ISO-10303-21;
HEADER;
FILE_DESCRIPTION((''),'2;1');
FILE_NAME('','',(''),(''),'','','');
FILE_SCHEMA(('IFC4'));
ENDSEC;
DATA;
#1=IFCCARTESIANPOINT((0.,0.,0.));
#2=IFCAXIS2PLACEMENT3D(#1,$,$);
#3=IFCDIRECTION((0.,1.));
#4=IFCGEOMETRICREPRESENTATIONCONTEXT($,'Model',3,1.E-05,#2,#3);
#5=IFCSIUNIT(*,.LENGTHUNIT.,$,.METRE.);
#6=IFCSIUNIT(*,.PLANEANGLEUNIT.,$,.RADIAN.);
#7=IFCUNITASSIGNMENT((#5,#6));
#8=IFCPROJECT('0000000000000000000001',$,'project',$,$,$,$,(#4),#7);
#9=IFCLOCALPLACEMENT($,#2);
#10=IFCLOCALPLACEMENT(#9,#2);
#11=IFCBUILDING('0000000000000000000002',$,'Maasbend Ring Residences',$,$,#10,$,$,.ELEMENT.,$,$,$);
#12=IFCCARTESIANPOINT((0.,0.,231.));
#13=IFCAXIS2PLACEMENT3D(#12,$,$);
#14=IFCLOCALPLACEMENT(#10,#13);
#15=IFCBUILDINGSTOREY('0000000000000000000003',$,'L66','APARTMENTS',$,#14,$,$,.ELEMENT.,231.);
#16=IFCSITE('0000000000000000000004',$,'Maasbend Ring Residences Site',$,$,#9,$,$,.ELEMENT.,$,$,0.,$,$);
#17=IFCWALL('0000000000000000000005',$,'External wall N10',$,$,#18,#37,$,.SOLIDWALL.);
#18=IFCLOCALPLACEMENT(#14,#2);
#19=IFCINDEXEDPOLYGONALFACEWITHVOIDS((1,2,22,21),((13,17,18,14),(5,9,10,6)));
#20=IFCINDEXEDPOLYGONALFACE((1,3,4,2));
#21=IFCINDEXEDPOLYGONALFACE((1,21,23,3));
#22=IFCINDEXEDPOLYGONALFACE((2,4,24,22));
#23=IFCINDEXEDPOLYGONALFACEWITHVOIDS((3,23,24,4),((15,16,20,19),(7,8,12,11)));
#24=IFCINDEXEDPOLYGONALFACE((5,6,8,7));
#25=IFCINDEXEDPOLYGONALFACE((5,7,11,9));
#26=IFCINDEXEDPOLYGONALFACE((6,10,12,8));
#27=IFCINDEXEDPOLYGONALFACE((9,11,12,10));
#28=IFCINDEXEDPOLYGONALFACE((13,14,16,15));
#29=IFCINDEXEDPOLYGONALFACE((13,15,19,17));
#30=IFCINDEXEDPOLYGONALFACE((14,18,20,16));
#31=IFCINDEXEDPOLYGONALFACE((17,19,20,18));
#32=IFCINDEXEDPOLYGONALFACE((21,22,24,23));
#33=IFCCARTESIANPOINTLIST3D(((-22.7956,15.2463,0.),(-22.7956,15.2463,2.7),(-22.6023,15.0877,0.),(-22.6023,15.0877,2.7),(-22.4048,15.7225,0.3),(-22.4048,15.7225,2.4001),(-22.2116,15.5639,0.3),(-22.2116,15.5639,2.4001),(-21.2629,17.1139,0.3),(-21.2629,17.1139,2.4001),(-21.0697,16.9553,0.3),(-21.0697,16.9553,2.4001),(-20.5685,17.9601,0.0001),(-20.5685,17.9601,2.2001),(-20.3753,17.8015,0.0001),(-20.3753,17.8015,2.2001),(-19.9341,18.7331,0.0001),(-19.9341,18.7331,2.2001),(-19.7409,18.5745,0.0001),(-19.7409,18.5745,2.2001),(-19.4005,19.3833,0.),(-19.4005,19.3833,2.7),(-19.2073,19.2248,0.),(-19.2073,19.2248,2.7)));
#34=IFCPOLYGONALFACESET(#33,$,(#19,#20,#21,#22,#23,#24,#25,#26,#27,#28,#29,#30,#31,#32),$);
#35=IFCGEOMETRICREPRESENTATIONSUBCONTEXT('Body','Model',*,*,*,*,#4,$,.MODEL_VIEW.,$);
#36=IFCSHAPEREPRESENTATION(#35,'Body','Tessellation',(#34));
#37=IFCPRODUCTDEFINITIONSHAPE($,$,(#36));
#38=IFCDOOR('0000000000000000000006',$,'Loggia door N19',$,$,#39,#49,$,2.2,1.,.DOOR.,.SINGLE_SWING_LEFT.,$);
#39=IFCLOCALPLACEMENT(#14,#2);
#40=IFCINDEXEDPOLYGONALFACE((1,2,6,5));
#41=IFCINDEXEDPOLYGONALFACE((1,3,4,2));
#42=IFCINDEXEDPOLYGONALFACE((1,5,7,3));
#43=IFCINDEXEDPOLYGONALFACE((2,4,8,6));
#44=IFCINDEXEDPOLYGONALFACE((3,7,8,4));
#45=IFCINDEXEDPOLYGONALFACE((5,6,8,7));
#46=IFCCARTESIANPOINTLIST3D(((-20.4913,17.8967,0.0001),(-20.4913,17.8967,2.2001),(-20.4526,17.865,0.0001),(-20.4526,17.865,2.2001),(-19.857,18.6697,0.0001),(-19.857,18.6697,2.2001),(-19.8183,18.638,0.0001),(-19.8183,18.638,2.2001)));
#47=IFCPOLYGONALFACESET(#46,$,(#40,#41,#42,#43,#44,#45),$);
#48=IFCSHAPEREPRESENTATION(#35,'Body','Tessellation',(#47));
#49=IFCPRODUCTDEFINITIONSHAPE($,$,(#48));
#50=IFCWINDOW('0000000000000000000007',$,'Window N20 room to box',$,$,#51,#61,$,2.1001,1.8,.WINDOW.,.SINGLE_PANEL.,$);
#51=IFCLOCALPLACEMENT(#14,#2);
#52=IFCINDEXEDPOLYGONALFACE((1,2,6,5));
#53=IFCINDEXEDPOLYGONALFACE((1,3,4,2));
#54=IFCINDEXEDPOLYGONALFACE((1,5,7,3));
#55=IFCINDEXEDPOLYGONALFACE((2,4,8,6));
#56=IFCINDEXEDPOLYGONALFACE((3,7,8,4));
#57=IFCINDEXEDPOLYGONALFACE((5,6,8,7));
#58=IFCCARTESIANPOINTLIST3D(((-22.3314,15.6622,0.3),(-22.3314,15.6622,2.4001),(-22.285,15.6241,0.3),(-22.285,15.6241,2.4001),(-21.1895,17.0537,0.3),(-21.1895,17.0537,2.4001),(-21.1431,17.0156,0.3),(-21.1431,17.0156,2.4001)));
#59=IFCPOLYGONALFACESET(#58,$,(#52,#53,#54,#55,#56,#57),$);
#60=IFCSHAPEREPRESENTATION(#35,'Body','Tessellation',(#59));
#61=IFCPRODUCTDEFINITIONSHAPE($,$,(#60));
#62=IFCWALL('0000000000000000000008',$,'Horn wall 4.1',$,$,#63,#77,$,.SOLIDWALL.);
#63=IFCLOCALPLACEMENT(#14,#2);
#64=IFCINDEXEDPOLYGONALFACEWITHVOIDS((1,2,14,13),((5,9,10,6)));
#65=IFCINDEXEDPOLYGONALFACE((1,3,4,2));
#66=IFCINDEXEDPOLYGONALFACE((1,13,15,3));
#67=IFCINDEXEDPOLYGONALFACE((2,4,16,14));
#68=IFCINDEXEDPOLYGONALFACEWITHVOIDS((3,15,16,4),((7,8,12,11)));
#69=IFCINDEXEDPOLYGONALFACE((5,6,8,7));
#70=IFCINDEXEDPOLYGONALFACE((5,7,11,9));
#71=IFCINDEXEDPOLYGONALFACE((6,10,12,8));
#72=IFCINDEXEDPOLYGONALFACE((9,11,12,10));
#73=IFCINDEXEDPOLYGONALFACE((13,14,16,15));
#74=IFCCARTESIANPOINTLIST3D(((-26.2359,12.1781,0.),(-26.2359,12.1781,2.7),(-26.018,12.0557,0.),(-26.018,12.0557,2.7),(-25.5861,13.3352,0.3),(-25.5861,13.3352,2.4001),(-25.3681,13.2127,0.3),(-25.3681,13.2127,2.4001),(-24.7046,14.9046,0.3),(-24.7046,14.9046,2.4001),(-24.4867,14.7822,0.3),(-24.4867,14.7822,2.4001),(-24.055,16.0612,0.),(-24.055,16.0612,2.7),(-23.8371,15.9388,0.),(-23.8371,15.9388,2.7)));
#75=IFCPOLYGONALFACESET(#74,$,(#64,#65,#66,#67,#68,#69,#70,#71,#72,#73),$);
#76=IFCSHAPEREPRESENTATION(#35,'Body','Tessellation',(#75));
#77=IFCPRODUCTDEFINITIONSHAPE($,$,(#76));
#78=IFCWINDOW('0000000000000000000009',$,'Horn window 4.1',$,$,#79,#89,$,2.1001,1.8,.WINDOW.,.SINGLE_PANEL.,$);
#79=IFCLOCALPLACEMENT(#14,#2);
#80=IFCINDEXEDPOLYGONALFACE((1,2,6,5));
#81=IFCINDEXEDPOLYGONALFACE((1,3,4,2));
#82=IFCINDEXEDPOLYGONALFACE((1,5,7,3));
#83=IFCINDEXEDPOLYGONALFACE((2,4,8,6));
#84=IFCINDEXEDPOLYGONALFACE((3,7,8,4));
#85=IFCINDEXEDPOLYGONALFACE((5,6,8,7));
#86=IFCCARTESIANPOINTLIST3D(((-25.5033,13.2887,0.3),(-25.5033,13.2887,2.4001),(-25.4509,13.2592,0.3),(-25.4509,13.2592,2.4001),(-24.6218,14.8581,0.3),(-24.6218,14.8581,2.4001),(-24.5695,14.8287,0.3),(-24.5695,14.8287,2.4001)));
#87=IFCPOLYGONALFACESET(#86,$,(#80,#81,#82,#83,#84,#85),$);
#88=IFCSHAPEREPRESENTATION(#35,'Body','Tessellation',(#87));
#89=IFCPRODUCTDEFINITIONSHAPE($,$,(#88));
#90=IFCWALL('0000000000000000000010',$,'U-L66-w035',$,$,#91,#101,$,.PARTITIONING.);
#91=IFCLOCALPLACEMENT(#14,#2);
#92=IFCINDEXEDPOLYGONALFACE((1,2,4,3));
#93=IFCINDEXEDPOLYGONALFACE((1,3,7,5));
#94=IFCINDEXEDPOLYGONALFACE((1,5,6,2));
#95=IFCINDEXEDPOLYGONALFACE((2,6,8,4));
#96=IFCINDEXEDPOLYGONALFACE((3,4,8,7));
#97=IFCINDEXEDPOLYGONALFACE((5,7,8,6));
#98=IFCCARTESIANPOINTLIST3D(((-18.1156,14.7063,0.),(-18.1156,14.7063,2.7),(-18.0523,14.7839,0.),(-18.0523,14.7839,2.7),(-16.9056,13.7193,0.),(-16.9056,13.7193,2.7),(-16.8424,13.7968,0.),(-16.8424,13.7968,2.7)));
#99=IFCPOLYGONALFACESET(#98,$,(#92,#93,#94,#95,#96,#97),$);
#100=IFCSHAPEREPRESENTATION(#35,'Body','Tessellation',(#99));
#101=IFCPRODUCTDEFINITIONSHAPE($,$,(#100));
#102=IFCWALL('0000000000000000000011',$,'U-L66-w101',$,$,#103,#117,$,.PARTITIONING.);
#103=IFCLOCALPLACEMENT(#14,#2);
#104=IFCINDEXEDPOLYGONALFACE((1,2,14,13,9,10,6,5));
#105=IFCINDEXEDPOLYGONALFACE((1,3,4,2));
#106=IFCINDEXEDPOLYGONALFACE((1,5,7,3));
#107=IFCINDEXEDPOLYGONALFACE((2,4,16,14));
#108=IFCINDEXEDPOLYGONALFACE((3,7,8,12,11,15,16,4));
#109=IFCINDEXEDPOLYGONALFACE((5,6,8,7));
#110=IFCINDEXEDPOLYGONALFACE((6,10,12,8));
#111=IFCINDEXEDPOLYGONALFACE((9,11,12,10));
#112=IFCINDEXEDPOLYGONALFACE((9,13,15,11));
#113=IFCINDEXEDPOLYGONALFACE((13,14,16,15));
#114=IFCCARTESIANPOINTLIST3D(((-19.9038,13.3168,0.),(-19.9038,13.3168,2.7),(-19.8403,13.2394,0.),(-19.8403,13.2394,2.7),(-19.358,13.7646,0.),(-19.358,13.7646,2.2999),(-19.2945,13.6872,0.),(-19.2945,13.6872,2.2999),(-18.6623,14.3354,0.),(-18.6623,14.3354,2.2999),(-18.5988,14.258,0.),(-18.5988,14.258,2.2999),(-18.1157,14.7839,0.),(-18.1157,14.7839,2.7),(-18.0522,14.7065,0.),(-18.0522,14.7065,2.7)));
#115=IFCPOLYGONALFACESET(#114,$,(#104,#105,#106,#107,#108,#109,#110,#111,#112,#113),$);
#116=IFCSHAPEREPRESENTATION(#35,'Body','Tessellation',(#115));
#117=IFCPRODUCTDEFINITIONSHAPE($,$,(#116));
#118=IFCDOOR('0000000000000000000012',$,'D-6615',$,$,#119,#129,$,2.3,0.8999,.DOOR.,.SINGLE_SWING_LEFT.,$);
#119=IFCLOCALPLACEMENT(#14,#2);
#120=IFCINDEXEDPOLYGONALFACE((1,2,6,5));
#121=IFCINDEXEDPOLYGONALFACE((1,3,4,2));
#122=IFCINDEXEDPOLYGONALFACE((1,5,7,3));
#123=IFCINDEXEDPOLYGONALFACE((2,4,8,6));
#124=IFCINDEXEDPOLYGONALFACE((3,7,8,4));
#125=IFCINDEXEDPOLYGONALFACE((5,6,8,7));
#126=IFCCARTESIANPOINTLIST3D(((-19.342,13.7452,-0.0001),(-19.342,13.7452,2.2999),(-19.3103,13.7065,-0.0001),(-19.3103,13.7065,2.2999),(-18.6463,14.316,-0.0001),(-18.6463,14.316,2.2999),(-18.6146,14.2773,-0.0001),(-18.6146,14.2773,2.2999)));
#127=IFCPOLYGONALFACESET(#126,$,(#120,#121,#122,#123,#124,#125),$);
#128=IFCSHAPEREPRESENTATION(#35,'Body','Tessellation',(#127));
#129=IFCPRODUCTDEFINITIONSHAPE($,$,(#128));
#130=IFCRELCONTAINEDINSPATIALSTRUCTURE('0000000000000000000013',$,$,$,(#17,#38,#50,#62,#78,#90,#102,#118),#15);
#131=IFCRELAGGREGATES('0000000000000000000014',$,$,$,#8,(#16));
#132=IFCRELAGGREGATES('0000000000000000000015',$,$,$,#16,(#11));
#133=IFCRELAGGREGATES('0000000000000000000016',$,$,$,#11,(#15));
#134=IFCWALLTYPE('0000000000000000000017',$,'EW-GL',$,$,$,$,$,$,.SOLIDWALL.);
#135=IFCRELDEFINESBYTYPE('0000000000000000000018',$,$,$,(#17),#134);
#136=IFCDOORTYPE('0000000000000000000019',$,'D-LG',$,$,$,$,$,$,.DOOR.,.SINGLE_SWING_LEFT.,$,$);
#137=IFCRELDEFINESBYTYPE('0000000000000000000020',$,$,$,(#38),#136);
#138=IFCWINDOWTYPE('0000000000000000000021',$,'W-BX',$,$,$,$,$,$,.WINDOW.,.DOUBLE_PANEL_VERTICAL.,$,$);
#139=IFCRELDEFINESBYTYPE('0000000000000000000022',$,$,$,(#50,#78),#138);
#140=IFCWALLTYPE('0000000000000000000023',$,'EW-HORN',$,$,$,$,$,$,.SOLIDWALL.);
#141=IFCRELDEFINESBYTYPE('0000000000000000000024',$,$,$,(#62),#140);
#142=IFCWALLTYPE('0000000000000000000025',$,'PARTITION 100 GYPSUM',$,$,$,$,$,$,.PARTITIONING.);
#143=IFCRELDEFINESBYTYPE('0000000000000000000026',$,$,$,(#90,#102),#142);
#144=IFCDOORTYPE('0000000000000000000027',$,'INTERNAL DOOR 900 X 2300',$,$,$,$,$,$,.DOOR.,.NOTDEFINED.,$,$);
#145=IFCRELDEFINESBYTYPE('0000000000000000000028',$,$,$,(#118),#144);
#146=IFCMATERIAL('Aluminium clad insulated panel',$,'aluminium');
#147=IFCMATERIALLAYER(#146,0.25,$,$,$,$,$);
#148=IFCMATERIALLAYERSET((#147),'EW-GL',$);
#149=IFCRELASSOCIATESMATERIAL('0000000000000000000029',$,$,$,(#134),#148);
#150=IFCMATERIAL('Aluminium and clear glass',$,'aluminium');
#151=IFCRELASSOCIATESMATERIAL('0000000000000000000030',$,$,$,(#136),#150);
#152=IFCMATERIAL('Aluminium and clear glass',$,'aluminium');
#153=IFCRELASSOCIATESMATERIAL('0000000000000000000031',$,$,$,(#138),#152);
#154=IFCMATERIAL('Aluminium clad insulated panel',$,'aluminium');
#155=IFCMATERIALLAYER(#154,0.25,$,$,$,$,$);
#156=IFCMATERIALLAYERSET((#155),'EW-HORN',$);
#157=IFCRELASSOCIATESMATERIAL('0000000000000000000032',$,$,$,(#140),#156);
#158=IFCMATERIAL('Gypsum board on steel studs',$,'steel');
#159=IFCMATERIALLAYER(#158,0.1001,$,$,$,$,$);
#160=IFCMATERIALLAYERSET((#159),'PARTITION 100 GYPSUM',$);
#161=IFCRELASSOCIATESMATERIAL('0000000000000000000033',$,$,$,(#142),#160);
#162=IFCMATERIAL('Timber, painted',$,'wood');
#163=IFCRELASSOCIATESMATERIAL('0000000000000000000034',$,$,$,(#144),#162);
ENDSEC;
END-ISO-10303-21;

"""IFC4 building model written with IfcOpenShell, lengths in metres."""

from ifc_helpers import new_model, si_unit, direction, frame, frame_2d, origin, place, context, subcontext, project, spatial, rectangle, extrude, material, layer, layer_set, type_object, element, fill, save


model = new_model("IFC4")

# Units and contexts
model_context = context("Model", 3, precision=1e-05, world=origin(), true_north=direction((0.0, 1.0)))
body_context = subcontext(model_context, "Body", "Model", "MODEL_VIEW")
ifc_project = project(units=[si_unit("LENGTHUNIT", "METRE"), si_unit("PLANEANGLEUNIT", "RADIAN")], contexts=[model_context])

# Site, building, storey
site_placement = place(None, origin())
site = spatial("IfcSite", under=ifc_project, at=site_placement, Name="Maasbend Ring Residences Site", CompositionType="ELEMENT", RefElevation=0.0)
building_placement = place(site_placement, origin())
building = spatial("IfcBuilding", under=site, at=building_placement, Name="Maasbend Ring Residences", CompositionType="ELEMENT")
storey_placement = place(building_placement, frame((0.0, 0.0, 231.0)))
storey = spatial("IfcBuildingStorey", under=building, at=storey_placement, Name="L66", Description="APARTMENTS", CompositionType="ELEMENT", Elevation=231.0)

# Wall, openings, door, window
ifc_material_1 = material(Name="Aluminium clad insulated panel", Category="aluminium")
ifc_layer_1 = layer(ifc_material_1, 0.25)
ifc_layer_set_1 = layer_set([ifc_layer_1], Name="EW-GL")
wall_type_1 = type_object("IfcWallType", Name="EW-GL", PredefinedType="SOLIDWALL", material=ifc_layer_set_1)
wall_1_placement = place(storey_placement, frame((-19.304, 19.304, 0.0), z_axis=(0.0, 0.0, 1.0), x_axis=(-0.634382, -0.773019, 0.0)))
wall_1 = element("IfcWall", 1, at=wall_1_placement, inside=storey, type_object=wall_type_1, Name="External wall N10", PredefinedType="SOLIDWALL", context=body_context, shape_type="SweptSolid", body=[
    extrude(rectangle(XDim=5.3518, YDim=0.25, at=frame_2d((2.6758, 0.0))), origin(), (0.0, 0.0, 1.0), 2.7),
])
opening_1_placement = place(wall_1_placement, frame((0.8411, 0.0, 0.0)))
opening_1 = element("IfcOpeningElement", 2, at=opening_1_placement, cuts=wall_1, PredefinedType="OPENING", context=body_context, shape_type="SweptSolid", body=[
    extrude(rectangle(XDim=1.0, YDim=2.2, at=frame_2d((0.5, 1.1001))), frame((0.0, 0.135, 0.0), z_axis=(0.0, -1.0, 0.0), x_axis=(1.0, 0.0, 0.0)), (0.0, 0.0, 1.0), 0.27),
])
opening_2_placement = place(wall_1_placement, frame((2.9358, 0.0, 0.3)))
opening_2 = element("IfcOpeningElement", 3, at=opening_2_placement, cuts=wall_1, PredefinedType="OPENING", context=body_context, shape_type="SweptSolid", body=[
    extrude(rectangle(XDim=1.8, YDim=2.1001, at=frame_2d((0.8999, 1.05))), frame((0.0, 0.135, 0.0), z_axis=(0.0, -1.0, 0.0), x_axis=(1.0, 0.0, 0.0)), (0.0, 0.0, 1.0), 0.27),
])
ifc_material_2 = material(Name="Aluminium and clear glass", Category="aluminium")
door_type_1 = type_object("IfcDoorType", Name="D-LG", OperationType="SINGLE_SWING_LEFT", PredefinedType="DOOR", material=ifc_material_2)
door_1_placement = place(opening_1_placement, origin())
door_1 = element("IfcDoor", 4, at=door_1_placement, inside=storey, type_object=door_type_1, Name="Loggia door N19", OperationType="SINGLE_SWING_LEFT", OverallHeight=2.2, OverallWidth=1.0, PredefinedType="DOOR", context=body_context, shape_type="SweptSolid", body=[
    extrude(rectangle(XDim=1.0, YDim=2.2, at=frame_2d((0.5, 1.1001))), frame((0.0, 0.0249, 0.0), z_axis=(0.0, -1.0, 0.0), x_axis=(1.0, 0.0, 0.0)), (0.0, 0.0, 1.0), 0.05),
])
fill(opening_1, door_1)
ifc_material_3 = material(Name="Aluminium and clear glass", Category="aluminium")
window_type_1 = type_object("IfcWindowType", Name="W-BX", PartitioningType="DOUBLE_PANEL_VERTICAL", PredefinedType="WINDOW", material=ifc_material_3)
window_1_placement = place(opening_2_placement, origin())
window_1 = element("IfcWindow", 5, at=window_1_placement, inside=storey, type_object=window_type_1, Name="Window N20 room to box", OverallHeight=2.1001, OverallWidth=1.8, PartitioningType="SINGLE_PANEL", PredefinedType="WINDOW", context=body_context, shape_type="SweptSolid", body=[
    extrude(rectangle(XDim=1.8, YDim=2.1001, at=frame_2d((0.8999, 1.05))), frame((0.0, 0.03, 0.0), z_axis=(0.0, -1.0, 0.0), x_axis=(1.0, 0.0, 0.0)), (0.0, 0.0, 1.0), 0.0601),
])
fill(opening_2, window_1)

# Wall, opening, window
ifc_material_4 = material(Name="Aluminium clad insulated panel", Category="aluminium")
ifc_layer_2 = layer(ifc_material_4, 0.25)
ifc_layer_set_2 = layer_set([ifc_layer_2], Name="EW-HORN")
wall_type_2 = type_object("IfcWallType", Name="EW-HORN", PredefinedType="SOLIDWALL", material=ifc_layer_set_2)
wall_2_placement = place(storey_placement, frame((-23.946, 16.0, 0.0), z_axis=(0.0, 0.0, 1.0), x_axis=(-0.489696, -0.871893, 0.0)))
wall_2 = element("IfcWall", 6, at=wall_2_placement, inside=storey, type_object=wall_type_2, Name="Horn wall 4.1", PredefinedType="SOLIDWALL", context=body_context, shape_type="SweptSolid", body=[
    extrude(rectangle(XDim=4.4536, YDim=0.25, at=frame_2d((2.2268, 0.0))), origin(), (0.0, 0.0, 1.0), 2.7),
])
opening_3_placement = place(wall_2_placement, frame((1.3267, 0.0, 0.3)))
opening_3 = element("IfcOpeningElement", 7, at=opening_3_placement, cuts=wall_2, PredefinedType="OPENING", context=body_context, shape_type="SweptSolid", body=[
    extrude(rectangle(XDim=1.8, YDim=2.1001, at=frame_2d((0.8999, 1.05))), frame((0.0, 0.135, 0.0), z_axis=(0.0, -1.0, 0.0), x_axis=(1.0, 0.0, 0.0)), (0.0, 0.0, 1.0), 0.27),
])
window_2_placement = place(opening_3_placement, origin())
window_2 = element("IfcWindow", 8, at=window_2_placement, inside=storey, type_object=window_type_1, Name="Horn window 4.1", OverallHeight=2.1001, OverallWidth=1.8, PartitioningType="SINGLE_PANEL", PredefinedType="WINDOW", context=body_context, shape_type="SweptSolid", body=[
    extrude(rectangle(XDim=1.8, YDim=2.1001, at=frame_2d((0.8999, 1.05))), frame((0.0, 0.03, 0.0), z_axis=(0.0, -1.0, 0.0), x_axis=(1.0, 0.0, 0.0)), (0.0, 0.0, 1.0), 0.0601),
])
fill(opening_3, window_2)

# Wall
ifc_material_5 = material(Name="Gypsum board on steel studs", Category="steel")
ifc_layer_3 = layer(ifc_material_5, 0.1001)
ifc_layer_set_3 = layer_set([ifc_layer_3], Name="PARTITION 100 GYPSUM")
wall_type_3 = type_object("IfcWallType", Name="PARTITION 100 GYPSUM", PredefinedType="PARTITIONING", material=ifc_layer_set_3)
wall_3_placement = place(storey_placement, frame((-18.084, 14.7451, 0.0), z_axis=(0.0, 0.0, 1.0), x_axis=(0.774869, -0.632122, 0.0)))
element("IfcWall", 9, at=wall_3_placement, inside=storey, type_object=wall_type_3, Name="U-L66-w035", PredefinedType="PARTITIONING", context=body_context, shape_type="SweptSolid", body=[
    extrude(rectangle(XDim=1.5615, YDim=0.1001, at=frame_2d((0.7808, 0.0))), origin(), (0.0, 0.0, 1.0), 2.7),
])

# Wall, opening, door
wall_4_placement = place(storey_placement, frame((-19.8721, 13.2781, 0.0), z_axis=(0.0, 0.0, 1.0), x_axis=(0.773096, 0.634289, 0.0)))
wall_4 = element("IfcWall", 10, at=wall_4_placement, inside=storey, type_object=wall_type_3, Name="U-L66-w101", PredefinedType="PARTITIONING", context=body_context, shape_type="SweptSolid", body=[
    extrude(rectangle(XDim=2.313, YDim=0.1001, at=frame_2d((1.1565, 0.0))), origin(), (0.0, 0.0, 1.0), 2.7),
])
opening_4_placement = place(wall_4_placement, frame((0.7061, 0.0, 0.0)))
opening_4 = element("IfcOpeningElement", 11, at=opening_4_placement, cuts=wall_4, PredefinedType="OPENING", context=body_context, shape_type="SweptSolid", body=[
    extrude(rectangle(XDim=0.8999, YDim=2.3, at=frame_2d((0.45, 1.1499))), frame((0.0, 0.0601, 0.0), z_axis=(0.0, -1.0, 0.0), x_axis=(1.0, 0.0, 0.0)), (0.0, 0.0, 1.0), 0.1201),
])
ifc_material_6 = material(Name="Timber, painted", Category="wood")
door_type_2 = type_object("IfcDoorType", Name="INTERNAL DOOR 900 X 2300", OperationType="NOTDEFINED", PredefinedType="DOOR", material=ifc_material_6)
door_2_placement = place(opening_4_placement, origin())
door_2 = element("IfcDoor", 12, at=door_2_placement, inside=storey, type_object=door_type_2, Name="D-6615", OperationType="SINGLE_SWING_LEFT", OverallHeight=2.3, OverallWidth=0.8999, PredefinedType="DOOR", context=body_context, shape_type="SweptSolid", body=[
    extrude(rectangle(XDim=0.8999, YDim=2.3, at=frame_2d((0.45, 1.1499))), frame((0.0, 0.0249, 0.0), z_axis=(0.0, -1.0, 0.0), x_axis=(1.0, 0.0, 0.0)), (0.0, 0.0, 1.0), 0.05),
])
fill(opening_4, door_2)

save(model, "model.ifc")
